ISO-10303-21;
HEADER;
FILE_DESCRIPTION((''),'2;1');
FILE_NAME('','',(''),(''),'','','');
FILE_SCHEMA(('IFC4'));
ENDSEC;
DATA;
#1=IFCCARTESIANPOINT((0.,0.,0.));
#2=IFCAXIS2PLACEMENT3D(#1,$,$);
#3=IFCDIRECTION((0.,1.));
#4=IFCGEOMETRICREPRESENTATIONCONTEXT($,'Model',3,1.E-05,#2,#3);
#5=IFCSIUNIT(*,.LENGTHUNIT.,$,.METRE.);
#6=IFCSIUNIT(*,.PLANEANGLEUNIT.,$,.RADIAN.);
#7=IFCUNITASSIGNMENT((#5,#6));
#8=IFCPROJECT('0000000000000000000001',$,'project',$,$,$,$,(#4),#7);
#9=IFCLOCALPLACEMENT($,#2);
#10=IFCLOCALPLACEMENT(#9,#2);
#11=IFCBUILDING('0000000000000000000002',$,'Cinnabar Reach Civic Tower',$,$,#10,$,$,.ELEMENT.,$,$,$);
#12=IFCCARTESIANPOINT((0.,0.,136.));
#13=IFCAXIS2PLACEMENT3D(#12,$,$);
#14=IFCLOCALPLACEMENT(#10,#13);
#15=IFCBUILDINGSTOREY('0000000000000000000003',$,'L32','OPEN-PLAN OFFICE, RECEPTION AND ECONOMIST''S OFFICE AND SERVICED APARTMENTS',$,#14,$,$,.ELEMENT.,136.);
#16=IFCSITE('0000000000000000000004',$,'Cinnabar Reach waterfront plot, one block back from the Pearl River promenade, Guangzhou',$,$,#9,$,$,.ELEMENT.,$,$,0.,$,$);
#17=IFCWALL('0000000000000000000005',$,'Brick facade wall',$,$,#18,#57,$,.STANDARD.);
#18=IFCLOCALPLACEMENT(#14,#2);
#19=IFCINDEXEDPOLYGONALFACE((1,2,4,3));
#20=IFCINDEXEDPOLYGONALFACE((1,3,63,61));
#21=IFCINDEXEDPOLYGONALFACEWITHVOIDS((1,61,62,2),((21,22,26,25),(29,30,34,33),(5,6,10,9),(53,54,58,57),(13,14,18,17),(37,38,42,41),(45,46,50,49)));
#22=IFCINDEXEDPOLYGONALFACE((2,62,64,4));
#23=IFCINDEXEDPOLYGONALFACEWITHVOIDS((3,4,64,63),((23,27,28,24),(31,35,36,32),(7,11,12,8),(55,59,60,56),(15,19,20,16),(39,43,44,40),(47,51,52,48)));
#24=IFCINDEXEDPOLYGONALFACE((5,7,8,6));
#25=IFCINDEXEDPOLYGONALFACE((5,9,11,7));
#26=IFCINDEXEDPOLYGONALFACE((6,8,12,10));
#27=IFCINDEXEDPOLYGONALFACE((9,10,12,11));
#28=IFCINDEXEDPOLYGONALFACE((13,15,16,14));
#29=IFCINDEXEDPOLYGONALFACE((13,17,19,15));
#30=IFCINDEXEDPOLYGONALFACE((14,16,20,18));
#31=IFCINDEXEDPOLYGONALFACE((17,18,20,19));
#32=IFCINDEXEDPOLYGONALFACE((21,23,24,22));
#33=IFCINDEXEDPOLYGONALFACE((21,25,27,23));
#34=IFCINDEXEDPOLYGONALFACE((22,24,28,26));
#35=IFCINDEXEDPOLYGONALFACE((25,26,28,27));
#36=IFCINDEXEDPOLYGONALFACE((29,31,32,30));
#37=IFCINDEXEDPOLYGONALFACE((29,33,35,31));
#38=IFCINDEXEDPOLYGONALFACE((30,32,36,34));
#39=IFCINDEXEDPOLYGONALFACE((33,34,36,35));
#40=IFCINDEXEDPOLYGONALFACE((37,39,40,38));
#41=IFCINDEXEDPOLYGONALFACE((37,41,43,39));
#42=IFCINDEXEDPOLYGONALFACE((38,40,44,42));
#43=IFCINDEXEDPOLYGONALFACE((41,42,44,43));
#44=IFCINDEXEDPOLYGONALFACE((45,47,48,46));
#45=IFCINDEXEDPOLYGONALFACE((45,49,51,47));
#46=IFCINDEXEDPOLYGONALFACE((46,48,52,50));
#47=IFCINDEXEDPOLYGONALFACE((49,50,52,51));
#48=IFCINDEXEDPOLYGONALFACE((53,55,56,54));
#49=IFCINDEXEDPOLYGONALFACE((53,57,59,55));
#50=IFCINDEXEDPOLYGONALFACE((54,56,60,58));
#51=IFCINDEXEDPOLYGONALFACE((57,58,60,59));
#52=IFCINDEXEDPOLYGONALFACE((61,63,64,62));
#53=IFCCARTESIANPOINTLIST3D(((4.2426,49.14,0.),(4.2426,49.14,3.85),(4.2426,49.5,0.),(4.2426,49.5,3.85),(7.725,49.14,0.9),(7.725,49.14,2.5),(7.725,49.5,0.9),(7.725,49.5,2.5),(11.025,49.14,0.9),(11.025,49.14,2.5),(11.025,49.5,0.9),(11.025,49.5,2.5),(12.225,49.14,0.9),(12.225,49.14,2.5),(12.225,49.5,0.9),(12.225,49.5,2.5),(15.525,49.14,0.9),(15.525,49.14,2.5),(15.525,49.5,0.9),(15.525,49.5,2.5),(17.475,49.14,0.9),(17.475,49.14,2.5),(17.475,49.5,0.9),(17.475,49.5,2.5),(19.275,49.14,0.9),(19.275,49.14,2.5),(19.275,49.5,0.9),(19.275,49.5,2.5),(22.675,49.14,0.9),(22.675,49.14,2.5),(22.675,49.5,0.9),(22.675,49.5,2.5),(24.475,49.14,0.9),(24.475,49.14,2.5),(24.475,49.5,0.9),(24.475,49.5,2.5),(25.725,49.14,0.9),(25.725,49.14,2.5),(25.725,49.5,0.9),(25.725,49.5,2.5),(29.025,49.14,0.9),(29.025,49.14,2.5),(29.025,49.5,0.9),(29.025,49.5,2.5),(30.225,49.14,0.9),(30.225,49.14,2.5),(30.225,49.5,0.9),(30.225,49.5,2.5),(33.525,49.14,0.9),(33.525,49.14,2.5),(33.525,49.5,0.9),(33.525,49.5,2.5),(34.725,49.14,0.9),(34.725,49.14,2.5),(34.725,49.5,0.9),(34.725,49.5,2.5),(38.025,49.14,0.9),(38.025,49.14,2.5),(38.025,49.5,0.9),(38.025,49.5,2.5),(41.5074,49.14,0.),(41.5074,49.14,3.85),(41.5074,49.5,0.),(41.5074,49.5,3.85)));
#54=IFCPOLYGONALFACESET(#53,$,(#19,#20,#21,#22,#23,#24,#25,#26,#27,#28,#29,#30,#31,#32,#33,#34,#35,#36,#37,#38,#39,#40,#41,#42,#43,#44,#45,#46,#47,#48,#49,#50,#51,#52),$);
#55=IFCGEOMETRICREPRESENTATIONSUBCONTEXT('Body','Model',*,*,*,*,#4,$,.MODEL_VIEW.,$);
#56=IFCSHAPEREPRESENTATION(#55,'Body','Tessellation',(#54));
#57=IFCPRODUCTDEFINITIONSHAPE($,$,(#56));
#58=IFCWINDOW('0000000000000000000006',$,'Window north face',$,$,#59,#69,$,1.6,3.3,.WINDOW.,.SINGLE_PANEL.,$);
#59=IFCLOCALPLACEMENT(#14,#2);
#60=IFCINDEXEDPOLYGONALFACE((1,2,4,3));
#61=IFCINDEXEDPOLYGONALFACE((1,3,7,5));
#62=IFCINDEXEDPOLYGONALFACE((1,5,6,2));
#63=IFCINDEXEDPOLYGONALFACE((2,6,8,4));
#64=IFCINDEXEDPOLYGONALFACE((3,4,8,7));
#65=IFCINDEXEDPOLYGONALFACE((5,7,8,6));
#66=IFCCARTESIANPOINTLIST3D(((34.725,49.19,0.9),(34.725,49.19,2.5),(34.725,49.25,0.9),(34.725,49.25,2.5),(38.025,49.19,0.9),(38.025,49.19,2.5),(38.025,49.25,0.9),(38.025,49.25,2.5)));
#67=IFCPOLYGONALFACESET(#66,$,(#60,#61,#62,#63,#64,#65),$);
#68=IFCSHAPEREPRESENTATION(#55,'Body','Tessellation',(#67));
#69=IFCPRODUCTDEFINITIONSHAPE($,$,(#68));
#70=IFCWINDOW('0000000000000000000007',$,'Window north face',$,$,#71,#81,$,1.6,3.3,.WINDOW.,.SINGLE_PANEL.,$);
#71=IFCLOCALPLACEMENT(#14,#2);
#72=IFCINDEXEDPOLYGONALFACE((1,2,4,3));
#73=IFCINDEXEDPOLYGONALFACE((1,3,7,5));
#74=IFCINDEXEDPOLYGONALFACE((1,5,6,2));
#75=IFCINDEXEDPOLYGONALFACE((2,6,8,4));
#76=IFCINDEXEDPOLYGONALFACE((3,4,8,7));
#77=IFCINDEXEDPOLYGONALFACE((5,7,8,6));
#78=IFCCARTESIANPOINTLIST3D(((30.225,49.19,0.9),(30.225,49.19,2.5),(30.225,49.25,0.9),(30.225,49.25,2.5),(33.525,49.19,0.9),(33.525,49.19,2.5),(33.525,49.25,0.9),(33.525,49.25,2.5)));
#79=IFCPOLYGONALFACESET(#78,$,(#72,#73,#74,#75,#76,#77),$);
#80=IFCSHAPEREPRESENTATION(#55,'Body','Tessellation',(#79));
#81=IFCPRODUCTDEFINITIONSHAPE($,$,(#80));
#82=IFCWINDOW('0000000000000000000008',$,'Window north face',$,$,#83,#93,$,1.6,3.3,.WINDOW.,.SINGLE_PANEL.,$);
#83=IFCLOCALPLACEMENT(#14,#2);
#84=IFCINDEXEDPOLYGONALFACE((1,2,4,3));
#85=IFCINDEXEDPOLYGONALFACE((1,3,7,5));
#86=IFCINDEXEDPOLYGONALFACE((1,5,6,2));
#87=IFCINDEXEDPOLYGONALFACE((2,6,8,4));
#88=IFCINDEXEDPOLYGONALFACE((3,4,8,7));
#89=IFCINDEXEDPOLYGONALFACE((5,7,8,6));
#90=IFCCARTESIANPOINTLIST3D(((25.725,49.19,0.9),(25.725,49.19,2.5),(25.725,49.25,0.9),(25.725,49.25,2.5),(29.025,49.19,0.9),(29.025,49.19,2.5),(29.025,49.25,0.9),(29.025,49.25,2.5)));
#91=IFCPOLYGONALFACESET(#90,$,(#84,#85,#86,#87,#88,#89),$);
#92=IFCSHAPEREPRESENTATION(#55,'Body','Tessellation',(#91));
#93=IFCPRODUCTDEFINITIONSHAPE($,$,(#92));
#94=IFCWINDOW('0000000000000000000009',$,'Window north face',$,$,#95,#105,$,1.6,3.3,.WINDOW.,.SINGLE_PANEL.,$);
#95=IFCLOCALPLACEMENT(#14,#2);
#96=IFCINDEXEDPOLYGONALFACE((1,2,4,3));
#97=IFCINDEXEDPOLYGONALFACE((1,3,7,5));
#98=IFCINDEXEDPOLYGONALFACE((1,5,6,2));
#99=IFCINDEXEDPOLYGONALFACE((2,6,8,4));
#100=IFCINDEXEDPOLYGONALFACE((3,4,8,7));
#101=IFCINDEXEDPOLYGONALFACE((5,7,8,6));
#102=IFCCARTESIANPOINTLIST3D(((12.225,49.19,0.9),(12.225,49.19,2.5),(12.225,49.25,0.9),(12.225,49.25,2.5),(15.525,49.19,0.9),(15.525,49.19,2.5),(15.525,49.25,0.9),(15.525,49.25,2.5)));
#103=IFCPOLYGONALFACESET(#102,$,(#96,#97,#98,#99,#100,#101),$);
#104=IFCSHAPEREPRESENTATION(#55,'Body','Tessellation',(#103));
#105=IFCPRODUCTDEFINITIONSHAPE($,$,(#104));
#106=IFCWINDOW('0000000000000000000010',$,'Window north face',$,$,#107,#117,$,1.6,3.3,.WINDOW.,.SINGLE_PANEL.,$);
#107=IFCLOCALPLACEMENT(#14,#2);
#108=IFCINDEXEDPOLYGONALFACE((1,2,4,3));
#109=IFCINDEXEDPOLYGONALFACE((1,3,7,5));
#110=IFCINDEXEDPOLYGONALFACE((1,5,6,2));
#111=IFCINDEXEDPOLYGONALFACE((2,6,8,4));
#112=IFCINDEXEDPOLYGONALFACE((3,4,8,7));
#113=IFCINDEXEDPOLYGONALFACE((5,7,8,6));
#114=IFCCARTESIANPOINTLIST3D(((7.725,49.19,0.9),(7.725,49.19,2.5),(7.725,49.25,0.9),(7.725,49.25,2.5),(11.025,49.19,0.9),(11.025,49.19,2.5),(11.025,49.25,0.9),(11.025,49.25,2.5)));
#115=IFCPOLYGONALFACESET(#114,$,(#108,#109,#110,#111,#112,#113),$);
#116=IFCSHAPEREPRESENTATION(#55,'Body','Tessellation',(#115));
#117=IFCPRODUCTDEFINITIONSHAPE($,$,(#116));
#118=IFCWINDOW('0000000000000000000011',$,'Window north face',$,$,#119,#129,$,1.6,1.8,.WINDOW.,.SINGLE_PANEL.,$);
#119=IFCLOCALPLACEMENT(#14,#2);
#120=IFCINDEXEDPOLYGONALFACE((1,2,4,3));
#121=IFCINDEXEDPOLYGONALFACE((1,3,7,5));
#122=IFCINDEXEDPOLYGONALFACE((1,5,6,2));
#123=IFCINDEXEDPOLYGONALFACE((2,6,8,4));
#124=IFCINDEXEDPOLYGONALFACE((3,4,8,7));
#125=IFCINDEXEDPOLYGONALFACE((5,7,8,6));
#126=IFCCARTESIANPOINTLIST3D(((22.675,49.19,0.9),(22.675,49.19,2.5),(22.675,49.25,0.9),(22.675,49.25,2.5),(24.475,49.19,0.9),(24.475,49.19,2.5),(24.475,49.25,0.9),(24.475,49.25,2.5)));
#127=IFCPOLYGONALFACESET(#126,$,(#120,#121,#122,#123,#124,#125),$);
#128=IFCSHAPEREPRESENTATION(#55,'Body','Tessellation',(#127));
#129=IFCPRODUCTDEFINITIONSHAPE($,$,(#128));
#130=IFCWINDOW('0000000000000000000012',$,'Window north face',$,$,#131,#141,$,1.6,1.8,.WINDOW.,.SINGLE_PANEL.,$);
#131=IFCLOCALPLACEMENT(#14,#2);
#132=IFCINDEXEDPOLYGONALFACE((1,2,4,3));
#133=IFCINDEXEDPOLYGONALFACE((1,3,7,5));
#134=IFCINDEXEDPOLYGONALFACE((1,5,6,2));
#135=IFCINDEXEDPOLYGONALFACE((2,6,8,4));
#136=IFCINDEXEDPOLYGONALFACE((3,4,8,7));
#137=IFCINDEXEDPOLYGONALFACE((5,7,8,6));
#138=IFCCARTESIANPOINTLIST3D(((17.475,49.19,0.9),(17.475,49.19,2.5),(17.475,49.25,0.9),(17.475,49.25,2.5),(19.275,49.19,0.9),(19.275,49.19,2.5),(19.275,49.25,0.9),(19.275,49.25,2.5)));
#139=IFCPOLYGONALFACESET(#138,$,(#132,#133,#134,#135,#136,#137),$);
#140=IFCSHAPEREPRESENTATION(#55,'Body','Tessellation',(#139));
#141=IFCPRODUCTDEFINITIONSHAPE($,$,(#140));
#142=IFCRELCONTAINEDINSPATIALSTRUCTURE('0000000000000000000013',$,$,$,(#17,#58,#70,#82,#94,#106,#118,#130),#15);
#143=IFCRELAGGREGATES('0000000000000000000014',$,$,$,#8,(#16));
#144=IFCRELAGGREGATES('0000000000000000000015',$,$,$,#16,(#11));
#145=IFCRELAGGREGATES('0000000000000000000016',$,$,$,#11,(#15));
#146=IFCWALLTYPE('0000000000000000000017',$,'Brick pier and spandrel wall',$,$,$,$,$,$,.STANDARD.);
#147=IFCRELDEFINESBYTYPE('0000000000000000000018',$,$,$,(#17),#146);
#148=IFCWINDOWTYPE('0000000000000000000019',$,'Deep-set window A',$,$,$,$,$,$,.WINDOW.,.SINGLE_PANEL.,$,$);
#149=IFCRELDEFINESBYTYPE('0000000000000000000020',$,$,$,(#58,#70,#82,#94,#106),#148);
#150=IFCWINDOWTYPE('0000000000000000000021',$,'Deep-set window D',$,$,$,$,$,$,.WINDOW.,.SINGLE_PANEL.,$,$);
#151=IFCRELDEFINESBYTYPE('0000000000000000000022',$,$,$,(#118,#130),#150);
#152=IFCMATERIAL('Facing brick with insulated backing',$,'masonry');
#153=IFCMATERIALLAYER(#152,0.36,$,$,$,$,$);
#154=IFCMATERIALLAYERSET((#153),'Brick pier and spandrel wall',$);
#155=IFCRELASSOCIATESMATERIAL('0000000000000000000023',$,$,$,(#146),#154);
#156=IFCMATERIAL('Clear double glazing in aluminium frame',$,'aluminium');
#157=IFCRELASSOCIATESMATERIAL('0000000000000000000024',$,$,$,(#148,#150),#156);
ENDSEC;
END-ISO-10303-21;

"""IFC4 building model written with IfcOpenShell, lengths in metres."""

from ifc_helpers import new_model, si_unit, direction, frame, frame_2d, origin, place, context, subcontext, project, spatial, rectangle, extrude, material, layer, layer_set, type_object, element, fill, save


model = new_model("IFC4")

# Units and contexts
model_context = context("Model", 3, precision=1e-05, world=origin(), true_north=direction((0.0, 1.0)))
body_context = subcontext(model_context, "Body", "Model", "MODEL_VIEW")
ifc_project = project(units=[si_unit("LENGTHUNIT", "METRE"), si_unit("PLANEANGLEUNIT", "RADIAN")], contexts=[model_context])

# Site, building, storey
site_placement = place(None, origin())
site = spatial("IfcSite", under=ifc_project, at=site_placement, Name="Cinnabar Reach waterfront plot, one block back from the Pearl River promenade, Guangzhou", CompositionType="ELEMENT", RefElevation=0.0)
building_placement = place(site_placement, origin())
building = spatial("IfcBuilding", under=site, at=building_placement, Name="Cinnabar Reach Civic Tower", CompositionType="ELEMENT")
storey_placement = place(building_placement, frame((0.0, 0.0, 136.0)))
storey = spatial("IfcBuildingStorey", under=building, at=storey_placement, Name="L32", Description="OPEN-PLAN OFFICE, RECEPTION AND ECONOMIST'S OFFICE AND SERVICED APARTMENTS", CompositionType="ELEMENT", Elevation=136.0)

# Shared definitions
ifc_material_1 = material(Name="Facing brick with insulated backing", Category="masonry")

# Shared definitions
ifc_layer_1 = layer(ifc_material_1, 0.36)
ifc_layer_set_1 = layer_set([ifc_layer_1], Name="Brick pier and spandrel wall")
wall_type_1 = type_object("IfcWallType", Name="Brick pier and spandrel wall", PredefinedType="STANDARD", material=ifc_layer_set_1)
ifc_material_2 = material(Name="Clear double glazing in aluminium frame", Category="aluminium")
window_type_1 = type_object("IfcWindowType", Name="Deep-set window A", PartitioningType="SINGLE_PANEL", PredefinedType="WINDOW", material=ifc_material_2)

# Wall, openings, windows
wall_1_placement = place(storey_placement, frame((41.5074, 49.32, 0.0), z_axis=(0.0, 0.0, 1.0), x_axis=(-1.0, 0.0, 0.0)))
wall_1 = element("IfcWall", 1, at=wall_1_placement, inside=storey, type_object=wall_type_1, Name="Brick facade wall", PredefinedType="STANDARD", context=body_context, shape_type="SweptSolid", body=[
    extrude(rectangle(XDim=37.2648, YDim=0.36, at=frame_2d((18.6324, 0.0))), origin(), (0.0, 0.0, 1.0), 3.85),
])
opening_1_placement = place(wall_1_placement, frame((3.4824, 0.0, 0.9)))
opening_1 = element("IfcOpeningElement", 2, at=opening_1_placement, cuts=wall_1, PredefinedType="OPENING", context=body_context, shape_type="SweptSolid", body=[
    extrude(rectangle(XDim=3.3, YDim=1.6, at=frame_2d((1.65, 0.8))), frame((0.0, 0.19, 0.0), z_axis=(0.0, -1.0, 0.0), x_axis=(1.0, 0.0, 0.0)), (0.0, 0.0, 1.0), 0.38),
])
opening_2_placement = place(wall_1_placement, frame((7.9824, 0.0, 0.9)))
opening_2 = element("IfcOpeningElement", 3, at=opening_2_placement, cuts=wall_1, PredefinedType="OPENING", context=body_context, shape_type="SweptSolid", body=[
    extrude(rectangle(XDim=3.3, YDim=1.6, at=frame_2d((1.65, 0.8))), frame((0.0, 0.19, 0.0), z_axis=(0.0, -1.0, 0.0), x_axis=(1.0, 0.0, 0.0)), (0.0, 0.0, 1.0), 0.38),
])
opening_3_placement = place(wall_1_placement, frame((12.4824, 0.0, 0.9)))
opening_3 = element("IfcOpeningElement", 4, at=opening_3_placement, cuts=wall_1, PredefinedType="OPENING", context=body_context, shape_type="SweptSolid", body=[
    extrude(rectangle(XDim=3.3, YDim=1.6, at=frame_2d((1.65, 0.8))), frame((0.0, 0.19, 0.0), z_axis=(0.0, -1.0, 0.0), x_axis=(1.0, 0.0, 0.0)), (0.0, 0.0, 1.0), 0.38),
])
opening_4_placement = place(wall_1_placement, frame((17.0324, 0.0, 0.9)))
opening_4 = element("IfcOpeningElement", 5, at=opening_4_placement, cuts=wall_1, PredefinedType="OPENING", context=body_context, shape_type="SweptSolid", body=[
    extrude(rectangle(XDim=1.8, YDim=1.6, at=frame_2d((0.9, 0.8))), frame((0.0, 0.19, 0.0), z_axis=(0.0, -1.0, 0.0), x_axis=(1.0, 0.0, 0.0)), (0.0, 0.0, 1.0), 0.38),
])
opening_5_placement = place(wall_1_placement, frame((22.2324, 0.0, 0.9)))
opening_5 = element("IfcOpeningElement", 6, at=opening_5_placement, cuts=wall_1, PredefinedType="OPENING", context=body_context, shape_type="SweptSolid", body=[
    extrude(rectangle(XDim=1.8, YDim=1.6, at=frame_2d((0.9, 0.8))), frame((0.0, 0.19, 0.0), z_axis=(0.0, -1.0, 0.0), x_axis=(1.0, 0.0, 0.0)), (0.0, 0.0, 1.0), 0.38),
])
opening_6_placement = place(wall_1_placement, frame((25.9824, 0.0, 0.9)))
opening_6 = element("IfcOpeningElement", 7, at=opening_6_placement, cuts=wall_1, PredefinedType="OPENING", context=body_context, shape_type="SweptSolid", body=[
    extrude(rectangle(XDim=3.3, YDim=1.6, at=frame_2d((1.65, 0.8))), frame((0.0, 0.19, 0.0), z_axis=(0.0, -1.0, 0.0), x_axis=(1.0, 0.0, 0.0)), (0.0, 0.0, 1.0), 0.38),
])
opening_7_placement = place(wall_1_placement, frame((30.4824, 0.0, 0.9)))
opening_7 = element("IfcOpeningElement", 8, at=opening_7_placement, cuts=wall_1, PredefinedType="OPENING", context=body_context, shape_type="SweptSolid", body=[
    extrude(rectangle(XDim=3.3, YDim=1.6, at=frame_2d((1.65, 0.8))), frame((0.0, 0.19, 0.0), z_axis=(0.0, -1.0, 0.0), x_axis=(1.0, 0.0, 0.0)), (0.0, 0.0, 1.0), 0.38),
])
window_1_placement = place(opening_1_placement, origin())
window_1 = element("IfcWindow", 9, at=window_1_placement, inside=storey, type_object=window_type_1, Name="Window north face", OverallHeight=1.6, OverallWidth=3.3, PartitioningType="SINGLE_PANEL", PredefinedType="WINDOW", context=body_context, shape_type="SweptSolid", body=[
    extrude(rectangle(XDim=3.3, YDim=1.6, at=frame_2d((1.65, 0.8))), frame((0.0, 0.13, 0.0), z_axis=(0.0, -1.0, 0.0), x_axis=(1.0, 0.0, 0.0)), (0.0, 0.0, 1.0), 0.06),
])
fill(opening_1, window_1)
window_2_placement = place(opening_2_placement, origin())
window_2 = element("IfcWindow", 10, at=window_2_placement, inside=storey, type_object=window_type_1, Name="Window north face", OverallHeight=1.6, OverallWidth=3.3, PartitioningType="SINGLE_PANEL", PredefinedType="WINDOW", context=body_context, shape_type="SweptSolid", body=[
    extrude(rectangle(XDim=3.3, YDim=1.6, at=frame_2d((1.65, 0.8))), frame((0.0, 0.13, 0.0), z_axis=(0.0, -1.0, 0.0), x_axis=(1.0, 0.0, 0.0)), (0.0, 0.0, 1.0), 0.06),
])
fill(opening_2, window_2)
window_3_placement = place(opening_3_placement, origin())
window_3 = element("IfcWindow", 11, at=window_3_placement, inside=storey, type_object=window_type_1, Name="Window north face", OverallHeight=1.6, OverallWidth=3.3, PartitioningType="SINGLE_PANEL", PredefinedType="WINDOW", context=body_context, shape_type="SweptSolid", body=[
    extrude(rectangle(XDim=3.3, YDim=1.6, at=frame_2d((1.65, 0.8))), frame((0.0, 0.13, 0.0), z_axis=(0.0, -1.0, 0.0), x_axis=(1.0, 0.0, 0.0)), (0.0, 0.0, 1.0), 0.06),
])
fill(opening_3, window_3)
window_4_placement = place(opening_6_placement, origin())
window_4 = element("IfcWindow", 12, at=window_4_placement, inside=storey, type_object=window_type_1, Name="Window north face", OverallHeight=1.6, OverallWidth=3.3, PartitioningType="SINGLE_PANEL", PredefinedType="WINDOW", context=body_context, shape_type="SweptSolid", body=[
    extrude(rectangle(XDim=3.3, YDim=1.6, at=frame_2d((1.65, 0.8))), frame((0.0, 0.13, 0.0), z_axis=(0.0, -1.0, 0.0), x_axis=(1.0, 0.0, 0.0)), (0.0, 0.0, 1.0), 0.06),
])
fill(opening_6, window_4)
window_5_placement = place(opening_7_placement, origin())
window_5 = element("IfcWindow", 13, at=window_5_placement, inside=storey, type_object=window_type_1, Name="Window north face", OverallHeight=1.6, OverallWidth=3.3, PartitioningType="SINGLE_PANEL", PredefinedType="WINDOW", context=body_context, shape_type="SweptSolid", body=[
    extrude(rectangle(XDim=3.3, YDim=1.6, at=frame_2d((1.65, 0.8))), frame((0.0, 0.13, 0.0), z_axis=(0.0, -1.0, 0.0), x_axis=(1.0, 0.0, 0.0)), (0.0, 0.0, 1.0), 0.06),
])
fill(opening_7, window_5)
window_type_2 = type_object("IfcWindowType", Name="Deep-set window D", PartitioningType="SINGLE_PANEL", PredefinedType="WINDOW", material=ifc_material_2)
window_6_placement = place(opening_4_placement, origin())
window_6 = element("IfcWindow", 14, at=window_6_placement, inside=storey, type_object=window_type_2, Name="Window north face", OverallHeight=1.6, OverallWidth=1.8, PartitioningType="SINGLE_PANEL", PredefinedType="WINDOW", context=body_context, shape_type="SweptSolid", body=[
    extrude(rectangle(XDim=1.8, YDim=1.6, at=frame_2d((0.9, 0.8))), frame((0.0, 0.13, 0.0), z_axis=(0.0, -1.0, 0.0), x_axis=(1.0, 0.0, 0.0)), (0.0, 0.0, 1.0), 0.06),
])
fill(opening_4, window_6)
window_7_placement = place(opening_5_placement, origin())
window_7 = element("IfcWindow", 15, at=window_7_placement, inside=storey, type_object=window_type_2, Name="Window north face", OverallHeight=1.6, OverallWidth=1.8, PartitioningType="SINGLE_PANEL", PredefinedType="WINDOW", context=body_context, shape_type="SweptSolid", body=[
    extrude(rectangle(XDim=1.8, YDim=1.6, at=frame_2d((0.9, 0.8))), frame((0.0, 0.13, 0.0), z_axis=(0.0, -1.0, 0.0), x_axis=(1.0, 0.0, 0.0)), (0.0, 0.0, 1.0), 0.06),
])
fill(opening_5, window_7)

save(model, "model.ifc")
